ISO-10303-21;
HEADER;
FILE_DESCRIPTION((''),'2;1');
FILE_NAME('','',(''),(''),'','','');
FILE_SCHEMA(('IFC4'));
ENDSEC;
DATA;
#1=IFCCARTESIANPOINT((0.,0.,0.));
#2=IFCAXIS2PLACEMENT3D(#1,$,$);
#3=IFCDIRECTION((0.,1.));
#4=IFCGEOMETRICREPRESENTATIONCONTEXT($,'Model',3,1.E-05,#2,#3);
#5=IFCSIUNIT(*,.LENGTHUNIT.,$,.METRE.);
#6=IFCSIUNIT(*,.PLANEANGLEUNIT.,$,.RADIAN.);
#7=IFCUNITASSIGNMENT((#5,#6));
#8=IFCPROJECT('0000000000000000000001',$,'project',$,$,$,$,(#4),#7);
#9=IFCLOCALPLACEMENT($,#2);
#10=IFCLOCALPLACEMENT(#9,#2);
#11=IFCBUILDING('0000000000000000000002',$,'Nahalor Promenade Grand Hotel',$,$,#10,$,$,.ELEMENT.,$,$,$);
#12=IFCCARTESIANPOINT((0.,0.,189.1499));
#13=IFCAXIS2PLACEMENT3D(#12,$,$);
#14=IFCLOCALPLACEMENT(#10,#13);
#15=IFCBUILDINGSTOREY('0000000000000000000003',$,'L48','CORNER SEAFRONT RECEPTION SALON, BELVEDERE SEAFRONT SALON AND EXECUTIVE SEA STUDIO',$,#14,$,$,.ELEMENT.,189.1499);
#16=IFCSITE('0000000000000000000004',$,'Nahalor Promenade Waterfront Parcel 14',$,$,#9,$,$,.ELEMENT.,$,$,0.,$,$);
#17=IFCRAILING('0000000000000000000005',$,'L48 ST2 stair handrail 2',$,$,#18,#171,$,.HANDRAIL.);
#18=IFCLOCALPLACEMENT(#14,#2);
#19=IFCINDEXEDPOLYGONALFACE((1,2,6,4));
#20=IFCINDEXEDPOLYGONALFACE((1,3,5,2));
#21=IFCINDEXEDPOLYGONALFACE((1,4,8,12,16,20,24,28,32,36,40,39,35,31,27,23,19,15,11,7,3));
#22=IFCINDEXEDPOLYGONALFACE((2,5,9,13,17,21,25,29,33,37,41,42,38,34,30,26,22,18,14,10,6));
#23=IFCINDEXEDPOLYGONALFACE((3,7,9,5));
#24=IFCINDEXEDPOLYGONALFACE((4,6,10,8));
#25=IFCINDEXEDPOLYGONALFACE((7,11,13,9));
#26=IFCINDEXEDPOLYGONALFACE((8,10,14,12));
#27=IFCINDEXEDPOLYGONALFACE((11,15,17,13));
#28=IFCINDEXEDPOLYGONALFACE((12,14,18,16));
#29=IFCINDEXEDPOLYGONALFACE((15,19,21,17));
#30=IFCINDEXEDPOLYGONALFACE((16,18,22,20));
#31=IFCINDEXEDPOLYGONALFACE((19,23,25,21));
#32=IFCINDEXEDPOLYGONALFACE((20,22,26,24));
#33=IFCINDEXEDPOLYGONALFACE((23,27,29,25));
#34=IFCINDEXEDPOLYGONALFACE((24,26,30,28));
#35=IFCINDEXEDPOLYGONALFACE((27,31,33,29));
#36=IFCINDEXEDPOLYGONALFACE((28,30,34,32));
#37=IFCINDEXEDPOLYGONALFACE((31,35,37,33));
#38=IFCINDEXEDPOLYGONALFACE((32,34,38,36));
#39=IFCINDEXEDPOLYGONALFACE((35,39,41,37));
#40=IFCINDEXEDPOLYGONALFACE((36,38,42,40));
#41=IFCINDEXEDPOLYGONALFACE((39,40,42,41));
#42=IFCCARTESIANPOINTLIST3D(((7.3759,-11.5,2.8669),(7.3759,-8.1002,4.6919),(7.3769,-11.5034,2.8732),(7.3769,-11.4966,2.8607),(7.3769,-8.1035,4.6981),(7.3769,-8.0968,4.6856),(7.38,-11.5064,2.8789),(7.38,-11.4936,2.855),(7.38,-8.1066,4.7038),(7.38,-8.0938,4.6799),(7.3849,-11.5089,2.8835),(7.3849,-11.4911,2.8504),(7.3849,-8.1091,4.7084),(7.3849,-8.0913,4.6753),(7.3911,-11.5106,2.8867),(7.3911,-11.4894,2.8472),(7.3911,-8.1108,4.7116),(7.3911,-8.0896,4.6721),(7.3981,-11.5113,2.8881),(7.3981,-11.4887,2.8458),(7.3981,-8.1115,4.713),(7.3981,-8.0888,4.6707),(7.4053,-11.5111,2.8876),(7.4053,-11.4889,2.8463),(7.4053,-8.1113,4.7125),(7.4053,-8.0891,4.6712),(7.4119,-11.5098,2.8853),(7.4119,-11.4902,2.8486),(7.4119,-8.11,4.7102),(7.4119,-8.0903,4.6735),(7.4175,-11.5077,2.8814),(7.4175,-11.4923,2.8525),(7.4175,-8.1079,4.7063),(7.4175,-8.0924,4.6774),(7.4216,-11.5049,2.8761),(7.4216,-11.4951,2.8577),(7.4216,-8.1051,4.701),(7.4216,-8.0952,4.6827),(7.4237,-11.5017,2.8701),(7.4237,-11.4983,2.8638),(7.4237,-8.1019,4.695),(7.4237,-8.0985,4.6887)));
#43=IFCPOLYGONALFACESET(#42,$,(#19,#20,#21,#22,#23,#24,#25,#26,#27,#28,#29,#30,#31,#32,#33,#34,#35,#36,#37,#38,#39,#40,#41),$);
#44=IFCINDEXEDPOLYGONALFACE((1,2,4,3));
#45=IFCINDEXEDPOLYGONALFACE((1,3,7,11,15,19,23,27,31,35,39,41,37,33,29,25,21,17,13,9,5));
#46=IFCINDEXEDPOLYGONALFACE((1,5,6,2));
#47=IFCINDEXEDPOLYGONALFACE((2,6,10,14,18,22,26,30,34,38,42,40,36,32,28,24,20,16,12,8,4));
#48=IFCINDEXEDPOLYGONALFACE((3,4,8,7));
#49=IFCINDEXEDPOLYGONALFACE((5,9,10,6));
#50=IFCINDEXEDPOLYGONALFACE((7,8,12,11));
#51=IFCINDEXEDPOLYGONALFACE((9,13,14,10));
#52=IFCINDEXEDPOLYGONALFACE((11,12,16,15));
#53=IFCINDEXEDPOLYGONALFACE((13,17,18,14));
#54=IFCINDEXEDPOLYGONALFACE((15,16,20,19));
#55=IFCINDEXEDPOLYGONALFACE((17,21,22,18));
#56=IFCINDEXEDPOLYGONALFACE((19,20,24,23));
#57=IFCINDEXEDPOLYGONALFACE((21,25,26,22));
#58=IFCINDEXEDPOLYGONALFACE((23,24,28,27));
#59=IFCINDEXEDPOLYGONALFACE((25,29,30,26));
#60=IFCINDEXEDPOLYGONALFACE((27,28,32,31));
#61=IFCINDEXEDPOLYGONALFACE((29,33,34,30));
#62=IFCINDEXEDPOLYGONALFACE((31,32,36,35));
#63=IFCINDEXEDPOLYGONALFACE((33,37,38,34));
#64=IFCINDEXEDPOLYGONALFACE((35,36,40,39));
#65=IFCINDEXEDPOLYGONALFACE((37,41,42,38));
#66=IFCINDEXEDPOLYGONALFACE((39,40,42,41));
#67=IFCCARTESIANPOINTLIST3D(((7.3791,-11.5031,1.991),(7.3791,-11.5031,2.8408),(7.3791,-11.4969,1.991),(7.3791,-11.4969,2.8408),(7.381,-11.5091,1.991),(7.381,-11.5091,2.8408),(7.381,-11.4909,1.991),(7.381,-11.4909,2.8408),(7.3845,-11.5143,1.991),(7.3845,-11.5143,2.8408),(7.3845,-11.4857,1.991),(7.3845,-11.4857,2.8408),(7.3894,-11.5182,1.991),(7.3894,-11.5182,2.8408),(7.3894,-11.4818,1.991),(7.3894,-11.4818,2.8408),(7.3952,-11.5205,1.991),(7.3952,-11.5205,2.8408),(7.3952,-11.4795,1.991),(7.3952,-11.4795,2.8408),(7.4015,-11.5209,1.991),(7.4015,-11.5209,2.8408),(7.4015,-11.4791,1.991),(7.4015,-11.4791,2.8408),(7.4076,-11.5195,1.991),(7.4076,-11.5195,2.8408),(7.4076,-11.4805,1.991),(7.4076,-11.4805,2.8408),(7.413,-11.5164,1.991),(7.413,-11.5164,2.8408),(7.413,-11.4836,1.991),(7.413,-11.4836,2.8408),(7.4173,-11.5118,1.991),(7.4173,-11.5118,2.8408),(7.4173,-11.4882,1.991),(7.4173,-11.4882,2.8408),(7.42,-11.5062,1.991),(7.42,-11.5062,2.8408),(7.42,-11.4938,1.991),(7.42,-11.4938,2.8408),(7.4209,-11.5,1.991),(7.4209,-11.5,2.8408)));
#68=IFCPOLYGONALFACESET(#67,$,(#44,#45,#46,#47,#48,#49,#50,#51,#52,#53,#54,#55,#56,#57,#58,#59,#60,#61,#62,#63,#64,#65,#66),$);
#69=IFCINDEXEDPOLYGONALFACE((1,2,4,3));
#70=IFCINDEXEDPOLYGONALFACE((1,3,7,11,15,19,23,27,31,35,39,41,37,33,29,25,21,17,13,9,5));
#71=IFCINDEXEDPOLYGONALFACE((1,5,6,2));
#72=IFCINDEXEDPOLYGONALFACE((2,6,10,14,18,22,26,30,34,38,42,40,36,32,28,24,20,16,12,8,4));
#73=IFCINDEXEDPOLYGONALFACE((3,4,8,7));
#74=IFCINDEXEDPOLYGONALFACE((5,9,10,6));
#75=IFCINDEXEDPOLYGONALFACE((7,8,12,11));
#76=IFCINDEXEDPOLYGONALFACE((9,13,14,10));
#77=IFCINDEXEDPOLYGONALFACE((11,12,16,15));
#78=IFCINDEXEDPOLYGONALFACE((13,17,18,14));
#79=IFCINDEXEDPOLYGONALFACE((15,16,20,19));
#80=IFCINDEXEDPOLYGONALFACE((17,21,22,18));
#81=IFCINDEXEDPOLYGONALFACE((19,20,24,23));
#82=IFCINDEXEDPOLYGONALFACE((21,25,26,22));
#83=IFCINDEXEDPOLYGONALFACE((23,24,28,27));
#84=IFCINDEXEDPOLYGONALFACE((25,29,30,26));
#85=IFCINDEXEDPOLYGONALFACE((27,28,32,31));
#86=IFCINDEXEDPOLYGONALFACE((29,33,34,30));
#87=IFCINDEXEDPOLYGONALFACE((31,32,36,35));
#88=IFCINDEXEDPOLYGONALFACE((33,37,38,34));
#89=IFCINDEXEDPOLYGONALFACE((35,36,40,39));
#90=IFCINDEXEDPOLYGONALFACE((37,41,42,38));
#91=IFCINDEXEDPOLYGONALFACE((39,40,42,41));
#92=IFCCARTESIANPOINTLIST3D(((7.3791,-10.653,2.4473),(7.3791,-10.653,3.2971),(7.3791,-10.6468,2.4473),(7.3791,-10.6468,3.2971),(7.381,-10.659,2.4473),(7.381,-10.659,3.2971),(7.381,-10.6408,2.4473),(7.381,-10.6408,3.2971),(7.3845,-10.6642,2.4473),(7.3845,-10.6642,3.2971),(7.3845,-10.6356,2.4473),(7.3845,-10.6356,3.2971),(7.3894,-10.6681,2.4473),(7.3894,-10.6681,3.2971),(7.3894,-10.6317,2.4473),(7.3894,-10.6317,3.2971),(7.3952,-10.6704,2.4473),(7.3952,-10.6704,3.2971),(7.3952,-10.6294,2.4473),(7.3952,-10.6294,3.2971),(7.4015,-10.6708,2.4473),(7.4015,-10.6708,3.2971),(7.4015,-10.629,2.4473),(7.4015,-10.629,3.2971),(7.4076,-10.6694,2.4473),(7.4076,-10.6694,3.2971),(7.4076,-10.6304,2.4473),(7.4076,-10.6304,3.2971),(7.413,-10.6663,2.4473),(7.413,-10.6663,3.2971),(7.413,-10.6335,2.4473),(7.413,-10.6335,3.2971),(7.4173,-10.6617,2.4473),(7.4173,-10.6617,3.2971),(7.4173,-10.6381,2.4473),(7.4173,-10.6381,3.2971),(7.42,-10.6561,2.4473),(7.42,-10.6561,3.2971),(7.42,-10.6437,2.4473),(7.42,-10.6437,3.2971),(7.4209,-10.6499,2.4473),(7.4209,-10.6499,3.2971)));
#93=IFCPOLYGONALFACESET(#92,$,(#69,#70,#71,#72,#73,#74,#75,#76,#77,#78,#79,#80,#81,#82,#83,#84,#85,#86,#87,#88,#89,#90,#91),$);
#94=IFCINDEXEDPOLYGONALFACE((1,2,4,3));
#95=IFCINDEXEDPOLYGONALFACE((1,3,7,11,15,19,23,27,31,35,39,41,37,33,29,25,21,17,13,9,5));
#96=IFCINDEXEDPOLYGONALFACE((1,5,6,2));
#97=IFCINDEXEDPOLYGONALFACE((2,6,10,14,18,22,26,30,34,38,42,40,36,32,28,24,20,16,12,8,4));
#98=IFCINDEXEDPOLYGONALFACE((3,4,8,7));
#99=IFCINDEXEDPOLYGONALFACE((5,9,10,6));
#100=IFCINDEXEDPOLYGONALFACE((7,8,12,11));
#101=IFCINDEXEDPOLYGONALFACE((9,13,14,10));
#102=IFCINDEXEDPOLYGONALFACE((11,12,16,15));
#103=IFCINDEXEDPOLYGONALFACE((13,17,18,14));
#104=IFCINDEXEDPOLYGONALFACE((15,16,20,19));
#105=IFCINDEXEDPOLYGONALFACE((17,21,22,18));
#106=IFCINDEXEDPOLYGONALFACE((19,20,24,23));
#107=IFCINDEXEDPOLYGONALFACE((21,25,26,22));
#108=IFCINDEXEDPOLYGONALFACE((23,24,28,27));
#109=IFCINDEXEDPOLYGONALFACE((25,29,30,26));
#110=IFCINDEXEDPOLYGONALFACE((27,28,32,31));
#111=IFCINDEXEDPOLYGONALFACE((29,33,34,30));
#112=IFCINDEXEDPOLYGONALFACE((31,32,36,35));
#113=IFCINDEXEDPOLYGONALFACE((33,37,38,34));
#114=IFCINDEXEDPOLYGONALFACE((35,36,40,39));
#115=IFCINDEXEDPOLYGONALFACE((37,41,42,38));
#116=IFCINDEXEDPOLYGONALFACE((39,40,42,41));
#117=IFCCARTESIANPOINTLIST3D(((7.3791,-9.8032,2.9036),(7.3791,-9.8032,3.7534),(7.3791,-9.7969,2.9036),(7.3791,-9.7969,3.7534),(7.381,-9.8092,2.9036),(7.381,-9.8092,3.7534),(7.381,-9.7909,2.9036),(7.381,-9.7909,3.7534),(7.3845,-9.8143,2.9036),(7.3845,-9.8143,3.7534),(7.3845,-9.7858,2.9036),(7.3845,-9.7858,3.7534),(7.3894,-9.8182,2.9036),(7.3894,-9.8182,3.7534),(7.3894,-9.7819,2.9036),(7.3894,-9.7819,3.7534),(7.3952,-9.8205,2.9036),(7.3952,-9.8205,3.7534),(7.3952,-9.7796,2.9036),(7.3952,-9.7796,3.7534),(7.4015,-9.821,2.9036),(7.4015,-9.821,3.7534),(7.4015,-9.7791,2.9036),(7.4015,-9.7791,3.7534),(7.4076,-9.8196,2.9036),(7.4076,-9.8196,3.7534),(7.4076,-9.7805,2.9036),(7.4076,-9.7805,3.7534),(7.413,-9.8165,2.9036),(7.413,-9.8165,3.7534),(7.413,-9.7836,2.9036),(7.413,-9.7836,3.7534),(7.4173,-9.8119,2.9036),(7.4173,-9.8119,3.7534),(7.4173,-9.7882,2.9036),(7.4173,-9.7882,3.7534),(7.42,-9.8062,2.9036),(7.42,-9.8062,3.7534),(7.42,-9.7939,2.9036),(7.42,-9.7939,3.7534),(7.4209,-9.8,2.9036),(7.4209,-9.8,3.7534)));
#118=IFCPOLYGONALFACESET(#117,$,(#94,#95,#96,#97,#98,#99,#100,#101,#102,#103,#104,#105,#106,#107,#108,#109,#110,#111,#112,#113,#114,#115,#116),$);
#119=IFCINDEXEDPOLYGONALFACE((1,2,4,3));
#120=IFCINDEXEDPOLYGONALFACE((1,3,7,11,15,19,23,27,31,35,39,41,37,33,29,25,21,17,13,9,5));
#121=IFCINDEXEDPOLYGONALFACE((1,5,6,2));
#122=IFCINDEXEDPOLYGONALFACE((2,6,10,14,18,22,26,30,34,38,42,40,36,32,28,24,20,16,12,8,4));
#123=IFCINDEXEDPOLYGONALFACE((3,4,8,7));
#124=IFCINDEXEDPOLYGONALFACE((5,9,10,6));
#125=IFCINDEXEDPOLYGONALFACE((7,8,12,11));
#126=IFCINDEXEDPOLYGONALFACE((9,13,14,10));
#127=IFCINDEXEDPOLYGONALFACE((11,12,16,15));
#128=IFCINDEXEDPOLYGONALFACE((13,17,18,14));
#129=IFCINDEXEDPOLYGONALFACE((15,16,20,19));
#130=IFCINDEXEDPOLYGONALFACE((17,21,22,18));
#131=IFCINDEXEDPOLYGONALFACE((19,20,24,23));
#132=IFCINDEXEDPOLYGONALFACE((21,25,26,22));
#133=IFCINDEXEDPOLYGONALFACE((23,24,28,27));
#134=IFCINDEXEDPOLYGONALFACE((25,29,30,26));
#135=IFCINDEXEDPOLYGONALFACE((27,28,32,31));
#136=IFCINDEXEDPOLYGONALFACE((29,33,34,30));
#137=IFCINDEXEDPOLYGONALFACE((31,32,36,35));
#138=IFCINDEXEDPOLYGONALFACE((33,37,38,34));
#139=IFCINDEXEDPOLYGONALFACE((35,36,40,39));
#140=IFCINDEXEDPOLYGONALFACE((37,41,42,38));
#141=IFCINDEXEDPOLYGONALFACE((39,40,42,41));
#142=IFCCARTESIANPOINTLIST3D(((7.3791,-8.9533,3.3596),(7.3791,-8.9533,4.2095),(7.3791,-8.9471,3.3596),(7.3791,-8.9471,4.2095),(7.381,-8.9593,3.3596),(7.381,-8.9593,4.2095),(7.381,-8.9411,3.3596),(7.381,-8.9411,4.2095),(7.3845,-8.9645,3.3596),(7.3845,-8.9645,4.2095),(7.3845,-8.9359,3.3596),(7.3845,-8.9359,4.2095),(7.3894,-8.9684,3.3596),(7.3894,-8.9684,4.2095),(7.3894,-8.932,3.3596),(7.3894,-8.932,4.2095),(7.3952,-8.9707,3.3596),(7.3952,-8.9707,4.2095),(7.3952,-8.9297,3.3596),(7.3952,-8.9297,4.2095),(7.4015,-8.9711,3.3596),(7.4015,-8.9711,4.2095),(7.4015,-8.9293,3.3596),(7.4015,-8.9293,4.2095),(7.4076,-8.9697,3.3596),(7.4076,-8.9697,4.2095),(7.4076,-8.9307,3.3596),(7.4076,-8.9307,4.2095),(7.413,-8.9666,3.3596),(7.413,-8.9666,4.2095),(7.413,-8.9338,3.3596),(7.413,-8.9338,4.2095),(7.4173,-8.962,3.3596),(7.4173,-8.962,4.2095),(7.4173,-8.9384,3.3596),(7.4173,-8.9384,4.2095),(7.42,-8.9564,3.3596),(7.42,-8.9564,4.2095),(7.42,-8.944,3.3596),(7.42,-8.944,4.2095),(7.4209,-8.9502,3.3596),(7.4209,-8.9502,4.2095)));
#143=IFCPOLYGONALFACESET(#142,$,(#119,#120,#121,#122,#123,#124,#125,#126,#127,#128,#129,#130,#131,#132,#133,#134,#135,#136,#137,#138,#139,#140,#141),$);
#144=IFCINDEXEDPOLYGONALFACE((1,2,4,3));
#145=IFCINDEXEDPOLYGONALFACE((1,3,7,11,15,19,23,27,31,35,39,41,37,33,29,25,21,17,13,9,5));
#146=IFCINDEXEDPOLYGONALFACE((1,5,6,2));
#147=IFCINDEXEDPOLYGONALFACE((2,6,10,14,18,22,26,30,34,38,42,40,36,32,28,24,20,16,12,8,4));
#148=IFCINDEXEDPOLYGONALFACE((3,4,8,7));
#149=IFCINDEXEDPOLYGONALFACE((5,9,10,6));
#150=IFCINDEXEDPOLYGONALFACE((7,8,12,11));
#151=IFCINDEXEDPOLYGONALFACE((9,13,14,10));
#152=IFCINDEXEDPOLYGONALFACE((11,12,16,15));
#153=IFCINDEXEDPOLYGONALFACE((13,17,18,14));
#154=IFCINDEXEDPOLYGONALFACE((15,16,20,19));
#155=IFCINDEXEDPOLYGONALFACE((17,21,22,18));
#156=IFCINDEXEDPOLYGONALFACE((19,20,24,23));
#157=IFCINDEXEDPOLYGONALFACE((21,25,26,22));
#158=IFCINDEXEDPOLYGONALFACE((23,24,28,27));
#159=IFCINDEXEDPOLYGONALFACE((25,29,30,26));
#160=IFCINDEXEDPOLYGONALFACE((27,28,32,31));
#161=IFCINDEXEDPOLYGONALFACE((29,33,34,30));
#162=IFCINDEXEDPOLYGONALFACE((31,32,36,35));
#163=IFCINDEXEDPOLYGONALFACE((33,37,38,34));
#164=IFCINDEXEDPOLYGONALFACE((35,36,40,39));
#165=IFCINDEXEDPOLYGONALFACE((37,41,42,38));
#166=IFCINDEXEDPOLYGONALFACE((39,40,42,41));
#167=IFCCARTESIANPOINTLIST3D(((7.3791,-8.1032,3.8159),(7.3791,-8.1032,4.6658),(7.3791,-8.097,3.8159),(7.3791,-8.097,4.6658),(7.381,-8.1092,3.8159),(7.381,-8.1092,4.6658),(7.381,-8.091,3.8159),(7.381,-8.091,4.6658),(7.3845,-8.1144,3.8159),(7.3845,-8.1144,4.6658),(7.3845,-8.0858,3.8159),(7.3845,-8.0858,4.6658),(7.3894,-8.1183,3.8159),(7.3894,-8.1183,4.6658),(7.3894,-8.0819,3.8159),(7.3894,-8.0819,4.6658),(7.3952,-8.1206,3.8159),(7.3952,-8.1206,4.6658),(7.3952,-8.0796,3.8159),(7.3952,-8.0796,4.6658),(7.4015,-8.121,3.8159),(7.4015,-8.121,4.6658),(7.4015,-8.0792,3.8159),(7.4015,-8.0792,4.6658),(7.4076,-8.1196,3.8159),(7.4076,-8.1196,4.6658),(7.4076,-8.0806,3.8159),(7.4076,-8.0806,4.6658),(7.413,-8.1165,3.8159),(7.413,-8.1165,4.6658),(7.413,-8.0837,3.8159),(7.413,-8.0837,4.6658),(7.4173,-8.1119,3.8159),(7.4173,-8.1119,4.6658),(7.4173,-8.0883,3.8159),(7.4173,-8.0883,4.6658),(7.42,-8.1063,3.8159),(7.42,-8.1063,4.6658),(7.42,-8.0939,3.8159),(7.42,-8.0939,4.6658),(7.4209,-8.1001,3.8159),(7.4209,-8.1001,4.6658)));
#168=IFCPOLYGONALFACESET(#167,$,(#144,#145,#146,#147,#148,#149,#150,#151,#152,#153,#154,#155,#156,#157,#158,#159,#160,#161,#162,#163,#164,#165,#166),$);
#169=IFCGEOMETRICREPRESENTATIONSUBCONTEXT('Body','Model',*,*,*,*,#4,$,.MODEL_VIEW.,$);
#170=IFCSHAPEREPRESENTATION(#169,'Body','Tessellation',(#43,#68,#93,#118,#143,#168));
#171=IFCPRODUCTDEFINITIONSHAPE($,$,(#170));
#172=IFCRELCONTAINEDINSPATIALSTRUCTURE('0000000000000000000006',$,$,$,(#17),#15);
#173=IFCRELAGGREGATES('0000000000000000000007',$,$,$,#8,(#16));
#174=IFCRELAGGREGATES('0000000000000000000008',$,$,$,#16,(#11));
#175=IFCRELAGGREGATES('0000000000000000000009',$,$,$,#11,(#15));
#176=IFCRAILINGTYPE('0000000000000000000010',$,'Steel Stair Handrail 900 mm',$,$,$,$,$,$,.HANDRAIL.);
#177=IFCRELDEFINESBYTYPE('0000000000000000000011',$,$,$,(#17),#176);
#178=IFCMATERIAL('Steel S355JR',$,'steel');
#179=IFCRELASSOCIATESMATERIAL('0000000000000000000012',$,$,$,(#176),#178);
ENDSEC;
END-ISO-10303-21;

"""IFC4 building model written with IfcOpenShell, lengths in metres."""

from ifc_helpers import new_model, si_unit, direction, frame, origin, origin_2d, place, context, subcontext, project, spatial, circle, extrude, material, type_object, element, save


model = new_model("IFC4")

# Units and contexts
model_context = context("Model", 3, precision=1e-05, world=origin(), true_north=direction((0.0, 1.0)))
body_context = subcontext(model_context, "Body", "Model", "MODEL_VIEW")
ifc_project = project(units=[si_unit("LENGTHUNIT", "METRE"), si_unit("PLANEANGLEUNIT", "RADIAN")], contexts=[model_context])

# Site, building, storey
site_placement = place(None, origin())
site = spatial("IfcSite", under=ifc_project, at=site_placement, Name="Nahalor Promenade Waterfront Parcel 14", CompositionType="ELEMENT", RefElevation=0.0)
building_placement = place(site_placement, origin())
building = spatial("IfcBuilding", under=site, at=building_placement, Name="Nahalor Promenade Grand Hotel", CompositionType="ELEMENT")
storey_placement = place(building_placement, frame((0.0, 0.0, 189.1499)))
storey = spatial("IfcBuildingStorey", under=building, at=storey_placement, Name="L48", Description="CORNER SEAFRONT RECEPTION SALON, BELVEDERE SEAFRONT SALON AND EXECUTIVE SEA STUDIO", CompositionType="ELEMENT", Elevation=189.1499)

# Shared definitions
ifc_material_1 = material(Name="Steel S355JR", Category="steel")

# Railing
railing_type_1 = type_object("IfcRailingType", Name="Steel Stair Handrail 900 mm", PredefinedType="HANDRAIL", material=ifc_material_1)
railing_1_placement = place(storey_placement, frame((7.3999, -11.5, 1.991)))
element("IfcRailing", 1, at=railing_1_placement, inside=storey, type_object=railing_type_1, Name="L48 ST2 stair handrail 2", PredefinedType="HANDRAIL", context=body_context, shape_type="SweptSolid", body=[
    extrude(circle(Radius=0.024, at=origin_2d()), frame((0.0, 0.0, 0.876), z_axis=(0.0, 0.881094, 0.472941), x_axis=(-1.0, 0.0, 0.0)), (0.0, 0.0, 1.0), 3.8586),
    extrude(circle(Radius=0.021, at=origin_2d()), origin(), (0.0, 0.0, 1.0), 0.8499),
    extrude(circle(Radius=0.021, at=origin_2d()), frame((0.0, 0.8501, 0.4563)), (0.0, 0.0, 1.0), 0.8499),
    extrude(circle(Radius=0.021, at=origin_2d()), frame((0.0, 1.7, 0.9126)), (0.0, 0.0, 1.0), 0.8499),
    extrude(circle(Radius=0.021, at=origin_2d()), frame((0.0, 2.5498, 1.3687)), (0.0, 0.0, 1.0), 0.8499),
    extrude(circle(Radius=0.021, at=origin_2d()), frame((0.0, 3.3999, 1.825)), (0.0, 0.0, 1.0), 0.8499),
])

save(model, "model.ifc")
